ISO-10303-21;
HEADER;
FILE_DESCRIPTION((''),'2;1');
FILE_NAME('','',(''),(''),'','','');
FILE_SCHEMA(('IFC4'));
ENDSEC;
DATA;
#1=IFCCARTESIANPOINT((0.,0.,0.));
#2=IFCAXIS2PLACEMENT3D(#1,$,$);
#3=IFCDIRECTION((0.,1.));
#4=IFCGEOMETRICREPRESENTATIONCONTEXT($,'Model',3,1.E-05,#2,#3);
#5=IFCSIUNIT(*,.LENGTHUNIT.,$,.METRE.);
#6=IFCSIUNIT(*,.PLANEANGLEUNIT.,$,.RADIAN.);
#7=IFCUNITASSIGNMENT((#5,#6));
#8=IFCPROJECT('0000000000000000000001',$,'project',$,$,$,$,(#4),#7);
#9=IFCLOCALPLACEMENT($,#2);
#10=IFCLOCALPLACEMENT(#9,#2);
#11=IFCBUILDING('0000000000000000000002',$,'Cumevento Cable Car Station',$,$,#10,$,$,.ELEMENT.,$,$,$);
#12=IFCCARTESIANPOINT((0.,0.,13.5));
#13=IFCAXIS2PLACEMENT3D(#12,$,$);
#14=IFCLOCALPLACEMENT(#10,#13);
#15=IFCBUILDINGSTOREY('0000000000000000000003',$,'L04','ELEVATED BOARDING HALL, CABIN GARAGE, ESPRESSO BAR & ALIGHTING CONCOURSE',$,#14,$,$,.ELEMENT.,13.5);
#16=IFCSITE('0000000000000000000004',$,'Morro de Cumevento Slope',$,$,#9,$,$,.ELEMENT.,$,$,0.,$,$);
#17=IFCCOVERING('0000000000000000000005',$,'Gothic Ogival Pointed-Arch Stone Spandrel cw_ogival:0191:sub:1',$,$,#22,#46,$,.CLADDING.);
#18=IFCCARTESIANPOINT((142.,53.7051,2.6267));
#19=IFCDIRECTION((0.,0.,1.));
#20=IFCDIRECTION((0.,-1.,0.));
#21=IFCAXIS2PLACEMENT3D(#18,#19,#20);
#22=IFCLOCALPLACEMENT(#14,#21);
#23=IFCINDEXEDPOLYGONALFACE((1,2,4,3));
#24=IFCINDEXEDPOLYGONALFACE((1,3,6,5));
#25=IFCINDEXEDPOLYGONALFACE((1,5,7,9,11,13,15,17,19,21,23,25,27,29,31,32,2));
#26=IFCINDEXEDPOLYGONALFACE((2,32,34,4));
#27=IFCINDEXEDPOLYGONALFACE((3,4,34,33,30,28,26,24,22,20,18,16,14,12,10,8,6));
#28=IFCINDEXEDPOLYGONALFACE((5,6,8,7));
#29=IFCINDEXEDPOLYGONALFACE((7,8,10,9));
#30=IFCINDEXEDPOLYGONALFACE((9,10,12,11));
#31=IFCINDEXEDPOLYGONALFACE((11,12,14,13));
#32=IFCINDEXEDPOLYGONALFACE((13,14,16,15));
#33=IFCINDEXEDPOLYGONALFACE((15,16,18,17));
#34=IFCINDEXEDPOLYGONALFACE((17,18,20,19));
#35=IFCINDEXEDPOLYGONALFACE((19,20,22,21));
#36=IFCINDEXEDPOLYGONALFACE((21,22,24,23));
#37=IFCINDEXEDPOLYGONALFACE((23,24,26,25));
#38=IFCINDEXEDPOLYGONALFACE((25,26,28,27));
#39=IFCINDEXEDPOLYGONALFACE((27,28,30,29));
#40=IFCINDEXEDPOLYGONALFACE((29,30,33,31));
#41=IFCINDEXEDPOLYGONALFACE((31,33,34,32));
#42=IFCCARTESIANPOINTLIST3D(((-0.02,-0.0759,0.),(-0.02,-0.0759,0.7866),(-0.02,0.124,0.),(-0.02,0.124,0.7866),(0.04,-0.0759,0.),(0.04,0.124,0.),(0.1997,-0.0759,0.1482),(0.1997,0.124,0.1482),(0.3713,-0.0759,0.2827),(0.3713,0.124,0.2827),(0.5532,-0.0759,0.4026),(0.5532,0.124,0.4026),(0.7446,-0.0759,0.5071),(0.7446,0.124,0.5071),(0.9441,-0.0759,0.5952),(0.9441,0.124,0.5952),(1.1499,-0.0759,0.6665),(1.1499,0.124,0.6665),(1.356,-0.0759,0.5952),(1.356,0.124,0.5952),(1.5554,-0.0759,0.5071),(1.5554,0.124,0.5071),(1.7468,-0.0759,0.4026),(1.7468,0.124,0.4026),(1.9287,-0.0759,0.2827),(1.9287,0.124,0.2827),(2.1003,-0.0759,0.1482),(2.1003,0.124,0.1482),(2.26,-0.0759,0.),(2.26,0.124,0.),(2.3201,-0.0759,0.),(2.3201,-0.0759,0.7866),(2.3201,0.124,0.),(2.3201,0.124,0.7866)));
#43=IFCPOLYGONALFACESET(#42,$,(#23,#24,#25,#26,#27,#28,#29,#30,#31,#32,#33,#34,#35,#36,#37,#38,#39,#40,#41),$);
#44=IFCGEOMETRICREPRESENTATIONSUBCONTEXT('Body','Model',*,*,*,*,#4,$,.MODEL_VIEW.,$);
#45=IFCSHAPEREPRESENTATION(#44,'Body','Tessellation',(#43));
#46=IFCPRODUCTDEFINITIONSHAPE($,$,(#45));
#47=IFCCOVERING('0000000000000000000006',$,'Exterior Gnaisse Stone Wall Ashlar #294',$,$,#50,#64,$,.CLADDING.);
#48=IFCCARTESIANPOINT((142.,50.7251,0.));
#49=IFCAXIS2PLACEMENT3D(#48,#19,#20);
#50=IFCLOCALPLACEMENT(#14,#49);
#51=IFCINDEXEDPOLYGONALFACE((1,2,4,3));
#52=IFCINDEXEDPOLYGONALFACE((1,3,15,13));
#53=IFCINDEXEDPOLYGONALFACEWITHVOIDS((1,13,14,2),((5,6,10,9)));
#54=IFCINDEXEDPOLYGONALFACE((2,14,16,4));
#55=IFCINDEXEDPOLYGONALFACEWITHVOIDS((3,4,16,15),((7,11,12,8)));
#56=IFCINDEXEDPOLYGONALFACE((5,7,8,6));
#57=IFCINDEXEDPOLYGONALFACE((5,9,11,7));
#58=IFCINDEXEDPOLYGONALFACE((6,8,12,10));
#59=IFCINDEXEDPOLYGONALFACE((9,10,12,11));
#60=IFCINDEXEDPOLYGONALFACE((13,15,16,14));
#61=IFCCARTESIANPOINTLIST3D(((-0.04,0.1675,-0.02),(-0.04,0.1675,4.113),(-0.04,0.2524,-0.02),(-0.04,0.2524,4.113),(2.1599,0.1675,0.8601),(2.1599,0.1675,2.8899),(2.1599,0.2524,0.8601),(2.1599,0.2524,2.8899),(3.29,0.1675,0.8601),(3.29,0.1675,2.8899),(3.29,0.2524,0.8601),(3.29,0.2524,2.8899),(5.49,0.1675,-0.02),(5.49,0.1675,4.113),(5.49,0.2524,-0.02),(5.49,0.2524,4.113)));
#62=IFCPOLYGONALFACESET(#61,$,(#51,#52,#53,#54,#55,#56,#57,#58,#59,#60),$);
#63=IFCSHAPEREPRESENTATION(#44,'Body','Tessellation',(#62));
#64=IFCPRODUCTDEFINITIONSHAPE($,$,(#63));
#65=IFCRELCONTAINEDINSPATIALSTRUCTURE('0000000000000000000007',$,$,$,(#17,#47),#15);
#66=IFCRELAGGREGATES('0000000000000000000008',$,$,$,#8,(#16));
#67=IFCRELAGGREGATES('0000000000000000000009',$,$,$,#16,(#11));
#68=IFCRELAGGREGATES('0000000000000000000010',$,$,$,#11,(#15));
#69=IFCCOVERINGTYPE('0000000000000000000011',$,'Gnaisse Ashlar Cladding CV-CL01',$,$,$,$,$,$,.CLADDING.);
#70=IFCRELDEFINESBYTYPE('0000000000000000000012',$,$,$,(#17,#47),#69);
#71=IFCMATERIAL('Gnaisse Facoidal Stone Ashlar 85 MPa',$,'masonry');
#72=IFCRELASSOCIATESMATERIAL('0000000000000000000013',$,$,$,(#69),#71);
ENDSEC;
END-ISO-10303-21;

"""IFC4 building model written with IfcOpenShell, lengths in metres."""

from ifc_helpers import new_model, si_unit, direction, frame, origin, place, context, subcontext, project, spatial, polyline, outline, extrude, material, type_object, element, save


model = new_model("IFC4")

# Units and contexts
model_context = context("Model", 3, precision=1e-05, world=origin(), true_north=direction((0.0, 1.0)))
body_context = subcontext(model_context, "Body", "Model", "MODEL_VIEW")
ifc_project = project(units=[si_unit("LENGTHUNIT", "METRE"), si_unit("PLANEANGLEUNIT", "RADIAN")], contexts=[model_context])

# Site, building, storey
site_placement = place(None, origin())
site = spatial("IfcSite", under=ifc_project, at=site_placement, Name="Morro de Cumevento Slope", CompositionType="ELEMENT", RefElevation=0.0)
building_placement = place(site_placement, origin())
building = spatial("IfcBuilding", under=site, at=building_placement, Name="Cumevento Cable Car Station", CompositionType="ELEMENT")
storey_placement = place(building_placement, frame((0.0, 0.0, 13.5)))
storey = spatial("IfcBuildingStorey", under=building, at=storey_placement, Name="L04", Description="ELEVATED BOARDING HALL, CABIN GARAGE, ESPRESSO BAR & ALIGHTING CONCOURSE", CompositionType="ELEMENT", Elevation=13.5)

# Coverings
ifc_material_1 = material(Name="Gnaisse Facoidal Stone Ashlar 85 MPa", Category="masonry")
covering_type = type_object("IfcCoveringType", Name="Gnaisse Ashlar Cladding CV-CL01", PredefinedType="CLADDING", material=ifc_material_1)
covering_1_placement = place(storey_placement, frame((142.0, 53.7051, 2.6267), z_axis=(0.0, 0.0, 1.0), x_axis=(0.0, -1.0, 0.0)))
element("IfcCovering", 1, at=covering_1_placement, inside=storey, type_object=covering_type, Name="Gothic Ogival Pointed-Arch Stone Spandrel cw_ogival:0191:sub:1", PredefinedType="CLADDING", context=body_context, shape_type="SweptSolid", body=[
    extrude(outline(polyline([(-0.02, 0.0), (-0.02, 0.7866), (2.3201, 0.7866), (2.3201, 0.0), (2.26, 0.0), (2.1003, 0.1482), (1.9287, 0.2827), (1.7468, 0.4026), (1.5554, 0.5071), (1.356, 0.5952), (1.1499, 0.6665), (0.9441, 0.5952), (0.7446, 0.5071), (0.5532, 0.4026), (0.3713, 0.2827), (0.1997, 0.1482), (0.04, 0.0), (-0.02, 0.0)])), frame((0.0, 0.124, 0.0), z_axis=(0.0, -1.0, 0.0), x_axis=(1.0, 0.0, 0.0)), (0.0, 0.0, 1.0), 0.2),
])
covering_2_placement = place(storey_placement, frame((142.0, 50.7251, 0.0), z_axis=(0.0, 0.0, 1.0), x_axis=(0.0, -1.0, 0.0)))
element("IfcCovering", 2, at=covering_2_placement, inside=storey, type_object=covering_type, Name="Exterior Gnaisse Stone Wall Ashlar #294", PredefinedType="CLADDING", context=body_context, shape_type="SweptSolid", body=[
    extrude(outline(polyline([(-0.04, -0.02), (5.49, -0.02), (5.49, 4.113), (-0.04, 4.113), (-0.04, -0.02)]), holes=[polyline([(2.1599, 0.8601), (3.29, 0.8601), (3.29, 2.8899), (2.1599, 2.8899), (2.1599, 0.8601)])]), frame((0.0, 0.2524, 0.0), z_axis=(0.0, -1.0, 0.0), x_axis=(1.0, 0.0, 0.0)), (0.0, 0.0, 1.0), 0.085),
])

save(model, "model.ifc")
